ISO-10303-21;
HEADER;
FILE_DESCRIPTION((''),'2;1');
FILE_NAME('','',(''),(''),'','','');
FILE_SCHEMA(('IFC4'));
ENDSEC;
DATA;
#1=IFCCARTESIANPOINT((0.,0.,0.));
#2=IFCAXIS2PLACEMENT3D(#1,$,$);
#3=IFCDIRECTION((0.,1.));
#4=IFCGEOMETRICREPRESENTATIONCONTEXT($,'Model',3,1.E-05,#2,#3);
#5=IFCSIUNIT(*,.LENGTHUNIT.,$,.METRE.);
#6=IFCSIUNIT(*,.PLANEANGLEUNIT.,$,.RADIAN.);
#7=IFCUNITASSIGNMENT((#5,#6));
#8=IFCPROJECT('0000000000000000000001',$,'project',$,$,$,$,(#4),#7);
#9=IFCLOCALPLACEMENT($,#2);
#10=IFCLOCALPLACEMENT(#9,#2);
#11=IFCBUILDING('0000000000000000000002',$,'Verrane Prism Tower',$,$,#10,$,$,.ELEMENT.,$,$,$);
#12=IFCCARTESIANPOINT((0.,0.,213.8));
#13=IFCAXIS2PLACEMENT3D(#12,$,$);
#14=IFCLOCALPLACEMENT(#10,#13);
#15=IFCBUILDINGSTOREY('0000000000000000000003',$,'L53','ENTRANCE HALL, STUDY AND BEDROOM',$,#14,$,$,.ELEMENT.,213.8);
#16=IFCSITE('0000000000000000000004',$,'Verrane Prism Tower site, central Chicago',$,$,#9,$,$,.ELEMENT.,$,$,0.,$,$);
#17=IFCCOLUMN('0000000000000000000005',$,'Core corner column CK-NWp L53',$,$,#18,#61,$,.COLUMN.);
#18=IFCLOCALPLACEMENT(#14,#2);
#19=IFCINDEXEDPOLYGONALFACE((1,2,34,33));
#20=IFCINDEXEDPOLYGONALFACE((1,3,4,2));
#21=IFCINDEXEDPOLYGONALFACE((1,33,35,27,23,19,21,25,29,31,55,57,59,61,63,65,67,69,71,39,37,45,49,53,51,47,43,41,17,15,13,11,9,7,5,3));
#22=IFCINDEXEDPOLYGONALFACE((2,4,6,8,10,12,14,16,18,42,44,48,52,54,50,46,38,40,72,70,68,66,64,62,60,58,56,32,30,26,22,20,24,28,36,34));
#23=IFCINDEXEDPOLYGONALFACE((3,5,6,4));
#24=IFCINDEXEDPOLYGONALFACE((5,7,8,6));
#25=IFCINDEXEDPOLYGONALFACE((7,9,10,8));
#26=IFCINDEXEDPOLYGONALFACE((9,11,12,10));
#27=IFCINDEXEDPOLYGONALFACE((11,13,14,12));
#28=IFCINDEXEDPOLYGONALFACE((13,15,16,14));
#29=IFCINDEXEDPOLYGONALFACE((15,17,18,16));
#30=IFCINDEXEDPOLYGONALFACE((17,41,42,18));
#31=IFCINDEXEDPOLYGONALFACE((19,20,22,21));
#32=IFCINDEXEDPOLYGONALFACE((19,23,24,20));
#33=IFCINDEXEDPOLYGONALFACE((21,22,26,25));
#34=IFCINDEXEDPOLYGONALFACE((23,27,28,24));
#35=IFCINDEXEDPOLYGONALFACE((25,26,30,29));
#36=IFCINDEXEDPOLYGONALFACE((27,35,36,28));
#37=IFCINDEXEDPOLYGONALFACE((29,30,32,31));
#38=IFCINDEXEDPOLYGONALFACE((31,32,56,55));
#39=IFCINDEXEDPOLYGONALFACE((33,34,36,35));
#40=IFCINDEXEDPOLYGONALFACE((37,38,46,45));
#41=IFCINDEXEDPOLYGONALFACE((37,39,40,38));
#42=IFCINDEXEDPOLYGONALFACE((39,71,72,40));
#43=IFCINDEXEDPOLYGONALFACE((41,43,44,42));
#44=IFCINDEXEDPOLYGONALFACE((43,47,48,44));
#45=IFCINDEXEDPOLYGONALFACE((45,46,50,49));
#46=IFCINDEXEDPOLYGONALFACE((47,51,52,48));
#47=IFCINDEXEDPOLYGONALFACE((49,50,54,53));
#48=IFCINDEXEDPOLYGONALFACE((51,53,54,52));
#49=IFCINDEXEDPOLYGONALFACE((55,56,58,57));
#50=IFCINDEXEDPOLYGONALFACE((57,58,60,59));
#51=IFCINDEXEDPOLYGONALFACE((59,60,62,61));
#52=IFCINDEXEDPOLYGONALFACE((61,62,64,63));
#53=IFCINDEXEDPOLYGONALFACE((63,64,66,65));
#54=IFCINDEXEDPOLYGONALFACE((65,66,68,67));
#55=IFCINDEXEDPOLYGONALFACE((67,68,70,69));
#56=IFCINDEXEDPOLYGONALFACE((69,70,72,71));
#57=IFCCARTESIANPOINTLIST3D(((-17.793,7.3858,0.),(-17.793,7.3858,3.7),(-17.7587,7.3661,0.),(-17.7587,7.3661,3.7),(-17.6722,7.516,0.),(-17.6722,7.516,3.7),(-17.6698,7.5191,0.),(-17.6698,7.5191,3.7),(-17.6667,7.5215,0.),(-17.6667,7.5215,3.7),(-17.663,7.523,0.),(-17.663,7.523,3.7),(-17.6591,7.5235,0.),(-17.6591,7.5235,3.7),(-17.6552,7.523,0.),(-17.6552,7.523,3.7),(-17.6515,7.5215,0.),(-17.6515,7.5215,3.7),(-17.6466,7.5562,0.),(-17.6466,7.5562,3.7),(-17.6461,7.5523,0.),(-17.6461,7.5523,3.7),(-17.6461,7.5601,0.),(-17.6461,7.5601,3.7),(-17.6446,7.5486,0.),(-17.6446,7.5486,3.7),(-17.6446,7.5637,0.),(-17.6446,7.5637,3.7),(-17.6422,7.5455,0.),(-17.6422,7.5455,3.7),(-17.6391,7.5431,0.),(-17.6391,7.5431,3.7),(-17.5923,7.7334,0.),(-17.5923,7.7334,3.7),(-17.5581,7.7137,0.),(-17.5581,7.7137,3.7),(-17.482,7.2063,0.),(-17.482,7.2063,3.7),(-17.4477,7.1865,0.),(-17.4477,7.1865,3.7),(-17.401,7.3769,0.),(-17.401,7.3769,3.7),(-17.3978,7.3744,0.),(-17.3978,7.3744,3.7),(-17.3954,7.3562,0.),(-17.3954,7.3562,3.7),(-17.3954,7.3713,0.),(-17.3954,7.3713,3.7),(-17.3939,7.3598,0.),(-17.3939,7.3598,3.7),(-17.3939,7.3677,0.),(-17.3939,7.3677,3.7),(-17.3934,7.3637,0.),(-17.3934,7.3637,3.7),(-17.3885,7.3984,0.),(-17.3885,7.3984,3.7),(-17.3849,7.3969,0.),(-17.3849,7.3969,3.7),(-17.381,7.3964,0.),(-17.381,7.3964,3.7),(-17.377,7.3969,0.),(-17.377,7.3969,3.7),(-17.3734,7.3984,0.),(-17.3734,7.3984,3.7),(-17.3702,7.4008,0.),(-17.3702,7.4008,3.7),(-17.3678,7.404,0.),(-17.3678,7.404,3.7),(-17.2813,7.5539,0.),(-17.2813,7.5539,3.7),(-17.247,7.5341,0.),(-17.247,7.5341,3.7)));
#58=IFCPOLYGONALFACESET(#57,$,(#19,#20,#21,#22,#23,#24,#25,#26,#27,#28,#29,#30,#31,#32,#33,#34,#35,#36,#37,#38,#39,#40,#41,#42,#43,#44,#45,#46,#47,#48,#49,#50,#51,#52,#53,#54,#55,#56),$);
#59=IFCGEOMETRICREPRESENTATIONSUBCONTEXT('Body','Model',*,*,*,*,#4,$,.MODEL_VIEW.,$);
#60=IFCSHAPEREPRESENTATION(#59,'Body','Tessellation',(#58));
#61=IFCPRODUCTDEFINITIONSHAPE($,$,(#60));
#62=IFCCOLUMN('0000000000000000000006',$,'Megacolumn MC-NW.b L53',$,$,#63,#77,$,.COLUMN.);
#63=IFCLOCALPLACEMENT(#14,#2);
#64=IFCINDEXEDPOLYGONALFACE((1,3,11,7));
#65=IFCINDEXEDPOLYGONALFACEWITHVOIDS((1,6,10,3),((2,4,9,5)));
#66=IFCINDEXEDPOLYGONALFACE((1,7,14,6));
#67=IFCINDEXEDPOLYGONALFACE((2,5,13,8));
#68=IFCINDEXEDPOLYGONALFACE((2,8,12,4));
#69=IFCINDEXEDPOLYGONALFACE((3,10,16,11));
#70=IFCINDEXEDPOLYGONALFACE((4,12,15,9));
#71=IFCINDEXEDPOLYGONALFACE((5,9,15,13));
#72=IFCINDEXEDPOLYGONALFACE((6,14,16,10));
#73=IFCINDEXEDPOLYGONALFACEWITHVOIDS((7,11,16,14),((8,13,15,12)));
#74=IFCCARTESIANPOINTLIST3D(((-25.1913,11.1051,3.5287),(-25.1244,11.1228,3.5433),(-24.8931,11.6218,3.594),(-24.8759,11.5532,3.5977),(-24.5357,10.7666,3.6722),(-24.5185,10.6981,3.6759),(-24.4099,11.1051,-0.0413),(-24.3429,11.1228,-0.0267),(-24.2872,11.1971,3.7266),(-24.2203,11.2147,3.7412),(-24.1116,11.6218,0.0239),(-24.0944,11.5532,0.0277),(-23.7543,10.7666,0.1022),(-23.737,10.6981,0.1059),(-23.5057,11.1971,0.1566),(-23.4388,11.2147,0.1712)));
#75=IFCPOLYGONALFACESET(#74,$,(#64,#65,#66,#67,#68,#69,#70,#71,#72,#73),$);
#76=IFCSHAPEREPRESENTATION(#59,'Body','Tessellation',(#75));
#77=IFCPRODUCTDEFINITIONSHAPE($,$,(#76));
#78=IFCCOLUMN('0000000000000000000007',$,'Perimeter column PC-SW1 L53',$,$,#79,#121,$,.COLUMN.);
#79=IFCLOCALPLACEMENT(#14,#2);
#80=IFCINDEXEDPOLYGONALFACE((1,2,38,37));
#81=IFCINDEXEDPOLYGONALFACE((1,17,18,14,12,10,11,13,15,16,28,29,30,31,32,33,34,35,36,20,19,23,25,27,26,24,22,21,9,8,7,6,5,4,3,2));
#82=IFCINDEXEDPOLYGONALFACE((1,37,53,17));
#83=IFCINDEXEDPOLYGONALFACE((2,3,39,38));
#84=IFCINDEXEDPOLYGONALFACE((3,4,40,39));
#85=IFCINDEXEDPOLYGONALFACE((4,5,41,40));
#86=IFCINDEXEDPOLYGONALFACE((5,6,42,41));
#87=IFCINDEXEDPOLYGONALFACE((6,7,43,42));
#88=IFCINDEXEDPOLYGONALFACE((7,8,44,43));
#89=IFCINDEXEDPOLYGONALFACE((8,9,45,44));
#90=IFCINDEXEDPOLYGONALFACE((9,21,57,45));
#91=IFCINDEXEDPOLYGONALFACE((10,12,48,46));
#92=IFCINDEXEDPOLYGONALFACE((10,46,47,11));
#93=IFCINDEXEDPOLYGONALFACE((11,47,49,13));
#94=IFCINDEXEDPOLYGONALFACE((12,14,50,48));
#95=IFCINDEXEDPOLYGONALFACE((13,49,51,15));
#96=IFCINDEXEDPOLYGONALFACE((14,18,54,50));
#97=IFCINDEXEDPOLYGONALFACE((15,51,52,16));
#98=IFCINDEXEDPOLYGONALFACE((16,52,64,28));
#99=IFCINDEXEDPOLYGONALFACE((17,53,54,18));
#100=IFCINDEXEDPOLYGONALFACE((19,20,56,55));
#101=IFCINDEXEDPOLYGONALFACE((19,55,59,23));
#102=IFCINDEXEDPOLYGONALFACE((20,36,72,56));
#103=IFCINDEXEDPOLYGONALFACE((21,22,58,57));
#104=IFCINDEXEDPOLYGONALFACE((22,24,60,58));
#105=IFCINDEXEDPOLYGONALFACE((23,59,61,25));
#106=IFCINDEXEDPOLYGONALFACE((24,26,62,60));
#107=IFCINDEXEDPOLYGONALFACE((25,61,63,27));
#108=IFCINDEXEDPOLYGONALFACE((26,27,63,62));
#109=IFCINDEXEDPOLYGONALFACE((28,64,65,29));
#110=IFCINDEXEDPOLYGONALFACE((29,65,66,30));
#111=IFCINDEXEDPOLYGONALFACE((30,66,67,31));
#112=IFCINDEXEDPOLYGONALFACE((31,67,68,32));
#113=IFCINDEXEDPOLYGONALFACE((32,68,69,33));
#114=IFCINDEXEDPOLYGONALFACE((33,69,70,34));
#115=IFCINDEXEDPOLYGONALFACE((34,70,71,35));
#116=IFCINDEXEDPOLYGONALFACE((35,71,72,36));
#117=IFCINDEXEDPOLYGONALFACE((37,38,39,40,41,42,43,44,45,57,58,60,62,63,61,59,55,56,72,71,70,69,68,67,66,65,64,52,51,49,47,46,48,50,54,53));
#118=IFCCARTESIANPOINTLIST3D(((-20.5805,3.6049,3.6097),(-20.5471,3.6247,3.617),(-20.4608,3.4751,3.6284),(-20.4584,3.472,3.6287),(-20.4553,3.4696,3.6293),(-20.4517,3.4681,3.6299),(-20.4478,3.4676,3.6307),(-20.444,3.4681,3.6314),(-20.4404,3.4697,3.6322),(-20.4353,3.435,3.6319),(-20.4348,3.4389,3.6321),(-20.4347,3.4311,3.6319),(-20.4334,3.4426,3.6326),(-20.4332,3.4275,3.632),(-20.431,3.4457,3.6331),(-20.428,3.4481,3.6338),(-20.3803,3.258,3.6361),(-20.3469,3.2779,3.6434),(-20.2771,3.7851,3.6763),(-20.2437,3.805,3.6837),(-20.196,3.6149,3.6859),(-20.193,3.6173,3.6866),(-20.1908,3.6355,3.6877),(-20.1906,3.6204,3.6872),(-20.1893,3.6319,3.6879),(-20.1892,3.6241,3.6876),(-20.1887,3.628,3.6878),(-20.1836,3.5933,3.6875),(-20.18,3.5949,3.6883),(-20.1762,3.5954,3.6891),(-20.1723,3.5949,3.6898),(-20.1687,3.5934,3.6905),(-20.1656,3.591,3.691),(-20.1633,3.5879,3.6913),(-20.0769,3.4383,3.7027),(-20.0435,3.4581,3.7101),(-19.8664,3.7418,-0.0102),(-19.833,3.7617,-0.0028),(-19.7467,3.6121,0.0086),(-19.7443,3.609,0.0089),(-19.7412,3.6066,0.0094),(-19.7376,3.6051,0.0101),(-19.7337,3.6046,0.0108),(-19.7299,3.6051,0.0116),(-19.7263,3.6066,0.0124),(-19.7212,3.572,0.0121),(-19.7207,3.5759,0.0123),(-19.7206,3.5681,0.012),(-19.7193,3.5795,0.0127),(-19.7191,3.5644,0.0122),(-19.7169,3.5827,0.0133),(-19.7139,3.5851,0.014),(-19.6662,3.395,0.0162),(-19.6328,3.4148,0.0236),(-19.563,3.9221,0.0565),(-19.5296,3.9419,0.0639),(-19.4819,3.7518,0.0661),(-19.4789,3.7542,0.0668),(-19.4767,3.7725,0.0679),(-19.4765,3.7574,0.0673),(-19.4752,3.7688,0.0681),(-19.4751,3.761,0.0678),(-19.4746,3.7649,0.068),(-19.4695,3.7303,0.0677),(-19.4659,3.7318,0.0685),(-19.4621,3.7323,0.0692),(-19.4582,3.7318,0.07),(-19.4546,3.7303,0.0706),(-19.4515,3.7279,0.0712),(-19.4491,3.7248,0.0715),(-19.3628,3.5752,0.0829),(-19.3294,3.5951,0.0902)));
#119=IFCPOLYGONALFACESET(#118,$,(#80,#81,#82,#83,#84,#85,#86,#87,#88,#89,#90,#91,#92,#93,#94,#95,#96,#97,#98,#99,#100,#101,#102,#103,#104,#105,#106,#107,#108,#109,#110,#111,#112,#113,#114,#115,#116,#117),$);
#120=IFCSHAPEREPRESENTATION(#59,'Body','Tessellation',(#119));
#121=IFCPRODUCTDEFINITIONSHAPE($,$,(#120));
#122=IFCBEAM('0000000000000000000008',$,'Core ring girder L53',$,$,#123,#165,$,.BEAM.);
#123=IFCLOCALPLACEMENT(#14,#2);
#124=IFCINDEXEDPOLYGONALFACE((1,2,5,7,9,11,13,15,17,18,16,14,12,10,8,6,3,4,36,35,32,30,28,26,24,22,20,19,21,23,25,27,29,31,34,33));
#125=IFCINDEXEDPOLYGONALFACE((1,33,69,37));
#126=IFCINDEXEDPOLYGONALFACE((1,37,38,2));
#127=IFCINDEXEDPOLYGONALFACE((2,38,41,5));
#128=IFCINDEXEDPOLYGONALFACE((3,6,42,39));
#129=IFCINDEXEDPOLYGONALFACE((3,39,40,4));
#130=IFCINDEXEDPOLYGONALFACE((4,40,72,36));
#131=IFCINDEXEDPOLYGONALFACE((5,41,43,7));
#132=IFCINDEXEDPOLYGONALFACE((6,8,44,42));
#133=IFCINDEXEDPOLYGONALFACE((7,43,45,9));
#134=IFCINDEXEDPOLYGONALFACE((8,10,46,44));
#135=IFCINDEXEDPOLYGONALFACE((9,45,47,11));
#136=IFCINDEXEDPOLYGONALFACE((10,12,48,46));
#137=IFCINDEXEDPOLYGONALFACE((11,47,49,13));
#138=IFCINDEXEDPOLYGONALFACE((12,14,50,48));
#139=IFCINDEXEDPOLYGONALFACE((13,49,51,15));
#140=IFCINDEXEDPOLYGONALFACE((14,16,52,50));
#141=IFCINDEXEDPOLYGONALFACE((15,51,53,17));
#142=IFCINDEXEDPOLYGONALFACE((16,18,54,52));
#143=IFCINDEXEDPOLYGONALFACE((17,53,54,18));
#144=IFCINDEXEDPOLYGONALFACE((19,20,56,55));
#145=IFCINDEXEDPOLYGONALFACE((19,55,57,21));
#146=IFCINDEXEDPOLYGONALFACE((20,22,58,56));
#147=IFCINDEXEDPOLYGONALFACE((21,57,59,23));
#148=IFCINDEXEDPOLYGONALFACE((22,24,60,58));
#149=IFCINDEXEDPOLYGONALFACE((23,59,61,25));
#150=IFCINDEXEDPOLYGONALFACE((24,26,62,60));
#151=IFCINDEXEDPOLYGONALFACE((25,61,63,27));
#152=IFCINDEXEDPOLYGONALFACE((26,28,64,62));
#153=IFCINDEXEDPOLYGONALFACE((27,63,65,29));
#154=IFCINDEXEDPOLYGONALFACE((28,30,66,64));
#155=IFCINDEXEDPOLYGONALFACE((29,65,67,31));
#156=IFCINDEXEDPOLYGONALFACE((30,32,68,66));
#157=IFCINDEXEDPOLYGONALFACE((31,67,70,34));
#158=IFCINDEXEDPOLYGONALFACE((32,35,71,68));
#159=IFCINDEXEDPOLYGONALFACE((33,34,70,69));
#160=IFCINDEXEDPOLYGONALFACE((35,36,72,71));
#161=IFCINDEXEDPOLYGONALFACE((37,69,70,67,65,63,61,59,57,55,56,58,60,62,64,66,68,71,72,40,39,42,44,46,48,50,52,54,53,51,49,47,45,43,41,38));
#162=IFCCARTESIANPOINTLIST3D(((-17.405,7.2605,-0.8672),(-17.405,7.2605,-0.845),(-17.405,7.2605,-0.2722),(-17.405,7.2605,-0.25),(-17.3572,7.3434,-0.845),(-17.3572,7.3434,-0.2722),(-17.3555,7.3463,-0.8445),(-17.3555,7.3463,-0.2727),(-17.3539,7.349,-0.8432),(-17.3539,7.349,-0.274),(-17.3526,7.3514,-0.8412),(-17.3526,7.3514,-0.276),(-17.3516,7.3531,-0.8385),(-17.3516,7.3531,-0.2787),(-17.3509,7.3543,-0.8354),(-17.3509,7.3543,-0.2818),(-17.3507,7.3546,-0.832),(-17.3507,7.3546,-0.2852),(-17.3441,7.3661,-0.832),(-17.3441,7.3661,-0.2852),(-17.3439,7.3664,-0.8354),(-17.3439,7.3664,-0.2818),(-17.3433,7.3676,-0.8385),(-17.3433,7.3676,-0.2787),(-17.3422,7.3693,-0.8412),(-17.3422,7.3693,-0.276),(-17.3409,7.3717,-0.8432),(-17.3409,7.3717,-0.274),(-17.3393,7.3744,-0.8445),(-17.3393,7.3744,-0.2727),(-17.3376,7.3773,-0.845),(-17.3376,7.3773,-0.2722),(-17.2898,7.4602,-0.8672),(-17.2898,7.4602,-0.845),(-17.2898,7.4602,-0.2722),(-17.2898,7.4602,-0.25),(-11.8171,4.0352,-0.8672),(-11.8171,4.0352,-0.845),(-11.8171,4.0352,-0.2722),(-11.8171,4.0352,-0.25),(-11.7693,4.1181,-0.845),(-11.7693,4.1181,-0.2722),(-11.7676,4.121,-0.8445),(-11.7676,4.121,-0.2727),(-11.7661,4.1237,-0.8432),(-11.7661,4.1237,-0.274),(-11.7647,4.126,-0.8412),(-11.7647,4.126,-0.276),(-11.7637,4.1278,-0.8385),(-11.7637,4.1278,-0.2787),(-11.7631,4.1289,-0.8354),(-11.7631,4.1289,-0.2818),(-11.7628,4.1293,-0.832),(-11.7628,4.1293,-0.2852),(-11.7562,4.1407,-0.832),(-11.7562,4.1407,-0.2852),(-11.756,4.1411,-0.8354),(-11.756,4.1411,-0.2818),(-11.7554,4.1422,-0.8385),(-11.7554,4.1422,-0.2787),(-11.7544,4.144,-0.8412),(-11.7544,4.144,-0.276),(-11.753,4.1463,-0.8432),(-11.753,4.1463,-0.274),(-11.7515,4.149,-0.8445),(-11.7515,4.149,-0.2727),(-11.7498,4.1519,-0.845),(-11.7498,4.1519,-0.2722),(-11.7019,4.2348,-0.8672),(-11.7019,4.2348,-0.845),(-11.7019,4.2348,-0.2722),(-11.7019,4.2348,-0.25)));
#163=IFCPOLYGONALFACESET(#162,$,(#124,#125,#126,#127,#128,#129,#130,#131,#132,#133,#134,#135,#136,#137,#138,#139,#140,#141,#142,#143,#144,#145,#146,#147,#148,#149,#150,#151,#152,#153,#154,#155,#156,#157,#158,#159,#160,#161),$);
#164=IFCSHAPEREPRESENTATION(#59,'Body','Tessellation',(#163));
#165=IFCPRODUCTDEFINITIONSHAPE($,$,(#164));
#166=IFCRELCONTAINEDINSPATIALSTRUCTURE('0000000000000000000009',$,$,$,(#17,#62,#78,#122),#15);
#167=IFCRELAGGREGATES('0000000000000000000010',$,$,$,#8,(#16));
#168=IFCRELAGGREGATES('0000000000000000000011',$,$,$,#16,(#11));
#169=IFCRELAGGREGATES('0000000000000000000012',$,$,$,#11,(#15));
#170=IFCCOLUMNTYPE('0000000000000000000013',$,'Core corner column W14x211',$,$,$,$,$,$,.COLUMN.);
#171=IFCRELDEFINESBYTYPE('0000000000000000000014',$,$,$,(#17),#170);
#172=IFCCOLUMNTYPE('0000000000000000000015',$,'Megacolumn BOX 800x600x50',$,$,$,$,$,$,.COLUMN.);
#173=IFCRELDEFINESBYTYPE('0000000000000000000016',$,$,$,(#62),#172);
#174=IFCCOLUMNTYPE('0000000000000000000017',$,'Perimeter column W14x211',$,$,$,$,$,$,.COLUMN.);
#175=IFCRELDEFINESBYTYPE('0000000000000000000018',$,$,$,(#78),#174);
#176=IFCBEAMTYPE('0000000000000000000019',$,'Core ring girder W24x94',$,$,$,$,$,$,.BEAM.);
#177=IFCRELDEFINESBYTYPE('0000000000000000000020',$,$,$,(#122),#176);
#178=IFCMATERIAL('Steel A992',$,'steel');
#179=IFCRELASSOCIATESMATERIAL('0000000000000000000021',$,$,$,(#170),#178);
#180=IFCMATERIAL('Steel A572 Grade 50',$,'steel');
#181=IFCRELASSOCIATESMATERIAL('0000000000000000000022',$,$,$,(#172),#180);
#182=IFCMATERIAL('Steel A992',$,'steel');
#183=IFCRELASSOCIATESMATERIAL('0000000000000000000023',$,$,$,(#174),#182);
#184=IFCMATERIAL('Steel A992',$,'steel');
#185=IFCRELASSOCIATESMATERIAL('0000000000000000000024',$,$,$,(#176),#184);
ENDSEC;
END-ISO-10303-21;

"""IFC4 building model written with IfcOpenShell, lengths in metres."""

from ifc_helpers import new_model, si_unit, direction, frame, origin, origin_2d, place, context, subcontext, project, spatial, hollow_rectangle, i_section, extrude, material, material_profile, profile_set, type_object, element, save


model = new_model("IFC4")

# Units and contexts
model_context = context("Model", 3, precision=1e-05, world=origin(), true_north=direction((0.0, 1.0)))
body_context = subcontext(model_context, "Body", "Model", "MODEL_VIEW")
ifc_project = project(units=[si_unit("LENGTHUNIT", "METRE"), si_unit("PLANEANGLEUNIT", "RADIAN")], contexts=[model_context])

# Site, building, storey
site_placement = place(None, origin())
site = spatial("IfcSite", under=ifc_project, at=site_placement, Name="Verrane Prism Tower site, central Chicago", CompositionType="ELEMENT", RefElevation=0.0)
building_placement = place(site_placement, origin())
building = spatial("IfcBuilding", under=site, at=building_placement, Name="Verrane Prism Tower", CompositionType="ELEMENT")
storey_placement = place(building_placement, frame((0.0, 0.0, 213.8)))
storey = spatial("IfcBuildingStorey", under=building, at=storey_placement, Name="L53", Description="ENTRANCE HALL, STUDY AND BEDROOM", CompositionType="ELEMENT", Elevation=213.8)

# Columns
ifc_material_1 = material(Name="Steel A992", Category="steel")
ifc_material_profile_1 = material_profile(ifc_material_1, i_section(OverallWidth=0.4014, OverallDepth=0.3987, WebThickness=0.0249, FlangeThickness=0.0396, FilletRadius=0.0151, at=origin_2d()), Name="W14x211")
ifc_profile_set_1 = profile_set([ifc_material_profile_1], Name="Steel A992")
column_type_1 = type_object("IfcColumnType", Name="Core corner column W14x211", PredefinedType="COLUMN", material=ifc_profile_set_1)
column_1_placement = place(storey_placement, frame((-17.52, 7.46, 0.0), z_axis=(0.0, 0.0, 1.0), x_axis=(0.5, 0.866025, 0.0)))
element("IfcColumn", 1, at=column_1_placement, inside=storey, type_object=column_type_1, Name="Core corner column CK-NWp L53", PredefinedType="COLUMN", context=body_context, shape_type="SweptSolid", body=[
    extrude(i_section(OverallWidth=0.4014, OverallDepth=0.3987, WebThickness=0.0249, FlangeThickness=0.0396, FilletRadius=0.0151, at=origin_2d()), origin(), (0.0, 0.0, 1.0), 3.7),
])
ifc_material_2 = material(Name="Steel A572 Grade 50", Category="steel")
ifc_material_profile_2 = material_profile(ifc_material_2, hollow_rectangle(XDim=0.6001, YDim=0.8, WallThickness=0.05, at=origin_2d()), Name="BOX 800x600x50")
ifc_profile_set_2 = profile_set([ifc_material_profile_2], Name="Steel A572 Grade 50")
column_type_2 = type_object("IfcColumnType", Name="Megacolumn BOX 800x600x50", PredefinedType="COLUMN", material=ifc_profile_set_2)
column_2_placement = place(storey_placement, frame((-23.9243, 11.1599, 0.0649), z_axis=(-0.213838, 0.0, 0.976869), x_axis=(0.497033, 0.860883, 0.108801)))
element("IfcColumn", 2, at=column_2_placement, inside=storey, type_object=column_type_2, Name="Megacolumn MC-NW.b L53", PredefinedType="COLUMN", context=body_context, shape_type="SweptSolid", body=[
    extrude(hollow_rectangle(XDim=0.6001, YDim=0.8, WallThickness=0.05, at=origin_2d()), origin(), (0.0, 0.0, 1.0), 3.6545),
])
ifc_material_3 = material(Name="Steel A992", Category="steel")
ifc_material_profile_3 = material_profile(ifc_material_3, i_section(OverallWidth=0.4014, OverallDepth=0.3987, WebThickness=0.0249, FlangeThickness=0.0396, FilletRadius=0.0151, at=origin_2d()), Name="W14x211")
ifc_profile_set_3 = profile_set([ifc_material_profile_3], Name="Steel A992")
column_type_3 = type_object("IfcColumnType", Name="Perimeter column W14x211", PredefinedType="COLUMN", material=ifc_profile_set_3)
column_3_placement = place(storey_placement, frame((-19.5979, 3.6685, 0.04), z_axis=(-0.193412, -0.037095, 0.980416), x_axis=(-0.498932, 0.864145, -0.065731)))
element("IfcColumn", 3, at=column_3_placement, inside=storey, type_object=column_type_3, Name="Perimeter column PC-SW1 L53", PredefinedType="COLUMN", context=body_context, shape_type="SweptSolid", body=[
    extrude(i_section(OverallWidth=0.4014, OverallDepth=0.3987, WebThickness=0.0249, FlangeThickness=0.0396, FilletRadius=0.0151, at=origin_2d()), origin(), (0.0, 0.0, 1.0), 3.6921),
])

# Beam
ifc_material_4 = material(Name="Steel A992", Category="steel")
ifc_material_profile_4 = material_profile(ifc_material_4, i_section(OverallWidth=0.2305, OverallDepth=0.6172, WebThickness=0.0132, FlangeThickness=0.0222, FilletRadius=0.0129, at=origin_2d()), Name="W24x94")
ifc_profile_set_4 = profile_set([ifc_material_profile_4], Name="Steel A992")
beam_type_1 = type_object("IfcBeamType", Name="Core ring girder W24x94", PredefinedType="BEAM", material=ifc_profile_set_4)
beam_1_placement = place(storey_placement, frame((-17.3474, 7.3604, -0.5586), z_axis=(0.866081, -0.499904, 0.0), x_axis=(0.499904, 0.866081, 0.0)))
element("IfcBeam", 4, at=beam_1_placement, inside=storey, type_object=beam_type_1, Name="Core ring girder L53", PredefinedType="BEAM", context=body_context, shape_type="SweptSolid", body=[
    extrude(i_section(OverallWidth=0.2305, OverallDepth=0.6172, WebThickness=0.0132, FlangeThickness=0.0222, FilletRadius=0.0129, at=origin_2d()), origin(), (0.0, 0.0, 1.0), 6.4519),
])

save(model, "model.ifc")
